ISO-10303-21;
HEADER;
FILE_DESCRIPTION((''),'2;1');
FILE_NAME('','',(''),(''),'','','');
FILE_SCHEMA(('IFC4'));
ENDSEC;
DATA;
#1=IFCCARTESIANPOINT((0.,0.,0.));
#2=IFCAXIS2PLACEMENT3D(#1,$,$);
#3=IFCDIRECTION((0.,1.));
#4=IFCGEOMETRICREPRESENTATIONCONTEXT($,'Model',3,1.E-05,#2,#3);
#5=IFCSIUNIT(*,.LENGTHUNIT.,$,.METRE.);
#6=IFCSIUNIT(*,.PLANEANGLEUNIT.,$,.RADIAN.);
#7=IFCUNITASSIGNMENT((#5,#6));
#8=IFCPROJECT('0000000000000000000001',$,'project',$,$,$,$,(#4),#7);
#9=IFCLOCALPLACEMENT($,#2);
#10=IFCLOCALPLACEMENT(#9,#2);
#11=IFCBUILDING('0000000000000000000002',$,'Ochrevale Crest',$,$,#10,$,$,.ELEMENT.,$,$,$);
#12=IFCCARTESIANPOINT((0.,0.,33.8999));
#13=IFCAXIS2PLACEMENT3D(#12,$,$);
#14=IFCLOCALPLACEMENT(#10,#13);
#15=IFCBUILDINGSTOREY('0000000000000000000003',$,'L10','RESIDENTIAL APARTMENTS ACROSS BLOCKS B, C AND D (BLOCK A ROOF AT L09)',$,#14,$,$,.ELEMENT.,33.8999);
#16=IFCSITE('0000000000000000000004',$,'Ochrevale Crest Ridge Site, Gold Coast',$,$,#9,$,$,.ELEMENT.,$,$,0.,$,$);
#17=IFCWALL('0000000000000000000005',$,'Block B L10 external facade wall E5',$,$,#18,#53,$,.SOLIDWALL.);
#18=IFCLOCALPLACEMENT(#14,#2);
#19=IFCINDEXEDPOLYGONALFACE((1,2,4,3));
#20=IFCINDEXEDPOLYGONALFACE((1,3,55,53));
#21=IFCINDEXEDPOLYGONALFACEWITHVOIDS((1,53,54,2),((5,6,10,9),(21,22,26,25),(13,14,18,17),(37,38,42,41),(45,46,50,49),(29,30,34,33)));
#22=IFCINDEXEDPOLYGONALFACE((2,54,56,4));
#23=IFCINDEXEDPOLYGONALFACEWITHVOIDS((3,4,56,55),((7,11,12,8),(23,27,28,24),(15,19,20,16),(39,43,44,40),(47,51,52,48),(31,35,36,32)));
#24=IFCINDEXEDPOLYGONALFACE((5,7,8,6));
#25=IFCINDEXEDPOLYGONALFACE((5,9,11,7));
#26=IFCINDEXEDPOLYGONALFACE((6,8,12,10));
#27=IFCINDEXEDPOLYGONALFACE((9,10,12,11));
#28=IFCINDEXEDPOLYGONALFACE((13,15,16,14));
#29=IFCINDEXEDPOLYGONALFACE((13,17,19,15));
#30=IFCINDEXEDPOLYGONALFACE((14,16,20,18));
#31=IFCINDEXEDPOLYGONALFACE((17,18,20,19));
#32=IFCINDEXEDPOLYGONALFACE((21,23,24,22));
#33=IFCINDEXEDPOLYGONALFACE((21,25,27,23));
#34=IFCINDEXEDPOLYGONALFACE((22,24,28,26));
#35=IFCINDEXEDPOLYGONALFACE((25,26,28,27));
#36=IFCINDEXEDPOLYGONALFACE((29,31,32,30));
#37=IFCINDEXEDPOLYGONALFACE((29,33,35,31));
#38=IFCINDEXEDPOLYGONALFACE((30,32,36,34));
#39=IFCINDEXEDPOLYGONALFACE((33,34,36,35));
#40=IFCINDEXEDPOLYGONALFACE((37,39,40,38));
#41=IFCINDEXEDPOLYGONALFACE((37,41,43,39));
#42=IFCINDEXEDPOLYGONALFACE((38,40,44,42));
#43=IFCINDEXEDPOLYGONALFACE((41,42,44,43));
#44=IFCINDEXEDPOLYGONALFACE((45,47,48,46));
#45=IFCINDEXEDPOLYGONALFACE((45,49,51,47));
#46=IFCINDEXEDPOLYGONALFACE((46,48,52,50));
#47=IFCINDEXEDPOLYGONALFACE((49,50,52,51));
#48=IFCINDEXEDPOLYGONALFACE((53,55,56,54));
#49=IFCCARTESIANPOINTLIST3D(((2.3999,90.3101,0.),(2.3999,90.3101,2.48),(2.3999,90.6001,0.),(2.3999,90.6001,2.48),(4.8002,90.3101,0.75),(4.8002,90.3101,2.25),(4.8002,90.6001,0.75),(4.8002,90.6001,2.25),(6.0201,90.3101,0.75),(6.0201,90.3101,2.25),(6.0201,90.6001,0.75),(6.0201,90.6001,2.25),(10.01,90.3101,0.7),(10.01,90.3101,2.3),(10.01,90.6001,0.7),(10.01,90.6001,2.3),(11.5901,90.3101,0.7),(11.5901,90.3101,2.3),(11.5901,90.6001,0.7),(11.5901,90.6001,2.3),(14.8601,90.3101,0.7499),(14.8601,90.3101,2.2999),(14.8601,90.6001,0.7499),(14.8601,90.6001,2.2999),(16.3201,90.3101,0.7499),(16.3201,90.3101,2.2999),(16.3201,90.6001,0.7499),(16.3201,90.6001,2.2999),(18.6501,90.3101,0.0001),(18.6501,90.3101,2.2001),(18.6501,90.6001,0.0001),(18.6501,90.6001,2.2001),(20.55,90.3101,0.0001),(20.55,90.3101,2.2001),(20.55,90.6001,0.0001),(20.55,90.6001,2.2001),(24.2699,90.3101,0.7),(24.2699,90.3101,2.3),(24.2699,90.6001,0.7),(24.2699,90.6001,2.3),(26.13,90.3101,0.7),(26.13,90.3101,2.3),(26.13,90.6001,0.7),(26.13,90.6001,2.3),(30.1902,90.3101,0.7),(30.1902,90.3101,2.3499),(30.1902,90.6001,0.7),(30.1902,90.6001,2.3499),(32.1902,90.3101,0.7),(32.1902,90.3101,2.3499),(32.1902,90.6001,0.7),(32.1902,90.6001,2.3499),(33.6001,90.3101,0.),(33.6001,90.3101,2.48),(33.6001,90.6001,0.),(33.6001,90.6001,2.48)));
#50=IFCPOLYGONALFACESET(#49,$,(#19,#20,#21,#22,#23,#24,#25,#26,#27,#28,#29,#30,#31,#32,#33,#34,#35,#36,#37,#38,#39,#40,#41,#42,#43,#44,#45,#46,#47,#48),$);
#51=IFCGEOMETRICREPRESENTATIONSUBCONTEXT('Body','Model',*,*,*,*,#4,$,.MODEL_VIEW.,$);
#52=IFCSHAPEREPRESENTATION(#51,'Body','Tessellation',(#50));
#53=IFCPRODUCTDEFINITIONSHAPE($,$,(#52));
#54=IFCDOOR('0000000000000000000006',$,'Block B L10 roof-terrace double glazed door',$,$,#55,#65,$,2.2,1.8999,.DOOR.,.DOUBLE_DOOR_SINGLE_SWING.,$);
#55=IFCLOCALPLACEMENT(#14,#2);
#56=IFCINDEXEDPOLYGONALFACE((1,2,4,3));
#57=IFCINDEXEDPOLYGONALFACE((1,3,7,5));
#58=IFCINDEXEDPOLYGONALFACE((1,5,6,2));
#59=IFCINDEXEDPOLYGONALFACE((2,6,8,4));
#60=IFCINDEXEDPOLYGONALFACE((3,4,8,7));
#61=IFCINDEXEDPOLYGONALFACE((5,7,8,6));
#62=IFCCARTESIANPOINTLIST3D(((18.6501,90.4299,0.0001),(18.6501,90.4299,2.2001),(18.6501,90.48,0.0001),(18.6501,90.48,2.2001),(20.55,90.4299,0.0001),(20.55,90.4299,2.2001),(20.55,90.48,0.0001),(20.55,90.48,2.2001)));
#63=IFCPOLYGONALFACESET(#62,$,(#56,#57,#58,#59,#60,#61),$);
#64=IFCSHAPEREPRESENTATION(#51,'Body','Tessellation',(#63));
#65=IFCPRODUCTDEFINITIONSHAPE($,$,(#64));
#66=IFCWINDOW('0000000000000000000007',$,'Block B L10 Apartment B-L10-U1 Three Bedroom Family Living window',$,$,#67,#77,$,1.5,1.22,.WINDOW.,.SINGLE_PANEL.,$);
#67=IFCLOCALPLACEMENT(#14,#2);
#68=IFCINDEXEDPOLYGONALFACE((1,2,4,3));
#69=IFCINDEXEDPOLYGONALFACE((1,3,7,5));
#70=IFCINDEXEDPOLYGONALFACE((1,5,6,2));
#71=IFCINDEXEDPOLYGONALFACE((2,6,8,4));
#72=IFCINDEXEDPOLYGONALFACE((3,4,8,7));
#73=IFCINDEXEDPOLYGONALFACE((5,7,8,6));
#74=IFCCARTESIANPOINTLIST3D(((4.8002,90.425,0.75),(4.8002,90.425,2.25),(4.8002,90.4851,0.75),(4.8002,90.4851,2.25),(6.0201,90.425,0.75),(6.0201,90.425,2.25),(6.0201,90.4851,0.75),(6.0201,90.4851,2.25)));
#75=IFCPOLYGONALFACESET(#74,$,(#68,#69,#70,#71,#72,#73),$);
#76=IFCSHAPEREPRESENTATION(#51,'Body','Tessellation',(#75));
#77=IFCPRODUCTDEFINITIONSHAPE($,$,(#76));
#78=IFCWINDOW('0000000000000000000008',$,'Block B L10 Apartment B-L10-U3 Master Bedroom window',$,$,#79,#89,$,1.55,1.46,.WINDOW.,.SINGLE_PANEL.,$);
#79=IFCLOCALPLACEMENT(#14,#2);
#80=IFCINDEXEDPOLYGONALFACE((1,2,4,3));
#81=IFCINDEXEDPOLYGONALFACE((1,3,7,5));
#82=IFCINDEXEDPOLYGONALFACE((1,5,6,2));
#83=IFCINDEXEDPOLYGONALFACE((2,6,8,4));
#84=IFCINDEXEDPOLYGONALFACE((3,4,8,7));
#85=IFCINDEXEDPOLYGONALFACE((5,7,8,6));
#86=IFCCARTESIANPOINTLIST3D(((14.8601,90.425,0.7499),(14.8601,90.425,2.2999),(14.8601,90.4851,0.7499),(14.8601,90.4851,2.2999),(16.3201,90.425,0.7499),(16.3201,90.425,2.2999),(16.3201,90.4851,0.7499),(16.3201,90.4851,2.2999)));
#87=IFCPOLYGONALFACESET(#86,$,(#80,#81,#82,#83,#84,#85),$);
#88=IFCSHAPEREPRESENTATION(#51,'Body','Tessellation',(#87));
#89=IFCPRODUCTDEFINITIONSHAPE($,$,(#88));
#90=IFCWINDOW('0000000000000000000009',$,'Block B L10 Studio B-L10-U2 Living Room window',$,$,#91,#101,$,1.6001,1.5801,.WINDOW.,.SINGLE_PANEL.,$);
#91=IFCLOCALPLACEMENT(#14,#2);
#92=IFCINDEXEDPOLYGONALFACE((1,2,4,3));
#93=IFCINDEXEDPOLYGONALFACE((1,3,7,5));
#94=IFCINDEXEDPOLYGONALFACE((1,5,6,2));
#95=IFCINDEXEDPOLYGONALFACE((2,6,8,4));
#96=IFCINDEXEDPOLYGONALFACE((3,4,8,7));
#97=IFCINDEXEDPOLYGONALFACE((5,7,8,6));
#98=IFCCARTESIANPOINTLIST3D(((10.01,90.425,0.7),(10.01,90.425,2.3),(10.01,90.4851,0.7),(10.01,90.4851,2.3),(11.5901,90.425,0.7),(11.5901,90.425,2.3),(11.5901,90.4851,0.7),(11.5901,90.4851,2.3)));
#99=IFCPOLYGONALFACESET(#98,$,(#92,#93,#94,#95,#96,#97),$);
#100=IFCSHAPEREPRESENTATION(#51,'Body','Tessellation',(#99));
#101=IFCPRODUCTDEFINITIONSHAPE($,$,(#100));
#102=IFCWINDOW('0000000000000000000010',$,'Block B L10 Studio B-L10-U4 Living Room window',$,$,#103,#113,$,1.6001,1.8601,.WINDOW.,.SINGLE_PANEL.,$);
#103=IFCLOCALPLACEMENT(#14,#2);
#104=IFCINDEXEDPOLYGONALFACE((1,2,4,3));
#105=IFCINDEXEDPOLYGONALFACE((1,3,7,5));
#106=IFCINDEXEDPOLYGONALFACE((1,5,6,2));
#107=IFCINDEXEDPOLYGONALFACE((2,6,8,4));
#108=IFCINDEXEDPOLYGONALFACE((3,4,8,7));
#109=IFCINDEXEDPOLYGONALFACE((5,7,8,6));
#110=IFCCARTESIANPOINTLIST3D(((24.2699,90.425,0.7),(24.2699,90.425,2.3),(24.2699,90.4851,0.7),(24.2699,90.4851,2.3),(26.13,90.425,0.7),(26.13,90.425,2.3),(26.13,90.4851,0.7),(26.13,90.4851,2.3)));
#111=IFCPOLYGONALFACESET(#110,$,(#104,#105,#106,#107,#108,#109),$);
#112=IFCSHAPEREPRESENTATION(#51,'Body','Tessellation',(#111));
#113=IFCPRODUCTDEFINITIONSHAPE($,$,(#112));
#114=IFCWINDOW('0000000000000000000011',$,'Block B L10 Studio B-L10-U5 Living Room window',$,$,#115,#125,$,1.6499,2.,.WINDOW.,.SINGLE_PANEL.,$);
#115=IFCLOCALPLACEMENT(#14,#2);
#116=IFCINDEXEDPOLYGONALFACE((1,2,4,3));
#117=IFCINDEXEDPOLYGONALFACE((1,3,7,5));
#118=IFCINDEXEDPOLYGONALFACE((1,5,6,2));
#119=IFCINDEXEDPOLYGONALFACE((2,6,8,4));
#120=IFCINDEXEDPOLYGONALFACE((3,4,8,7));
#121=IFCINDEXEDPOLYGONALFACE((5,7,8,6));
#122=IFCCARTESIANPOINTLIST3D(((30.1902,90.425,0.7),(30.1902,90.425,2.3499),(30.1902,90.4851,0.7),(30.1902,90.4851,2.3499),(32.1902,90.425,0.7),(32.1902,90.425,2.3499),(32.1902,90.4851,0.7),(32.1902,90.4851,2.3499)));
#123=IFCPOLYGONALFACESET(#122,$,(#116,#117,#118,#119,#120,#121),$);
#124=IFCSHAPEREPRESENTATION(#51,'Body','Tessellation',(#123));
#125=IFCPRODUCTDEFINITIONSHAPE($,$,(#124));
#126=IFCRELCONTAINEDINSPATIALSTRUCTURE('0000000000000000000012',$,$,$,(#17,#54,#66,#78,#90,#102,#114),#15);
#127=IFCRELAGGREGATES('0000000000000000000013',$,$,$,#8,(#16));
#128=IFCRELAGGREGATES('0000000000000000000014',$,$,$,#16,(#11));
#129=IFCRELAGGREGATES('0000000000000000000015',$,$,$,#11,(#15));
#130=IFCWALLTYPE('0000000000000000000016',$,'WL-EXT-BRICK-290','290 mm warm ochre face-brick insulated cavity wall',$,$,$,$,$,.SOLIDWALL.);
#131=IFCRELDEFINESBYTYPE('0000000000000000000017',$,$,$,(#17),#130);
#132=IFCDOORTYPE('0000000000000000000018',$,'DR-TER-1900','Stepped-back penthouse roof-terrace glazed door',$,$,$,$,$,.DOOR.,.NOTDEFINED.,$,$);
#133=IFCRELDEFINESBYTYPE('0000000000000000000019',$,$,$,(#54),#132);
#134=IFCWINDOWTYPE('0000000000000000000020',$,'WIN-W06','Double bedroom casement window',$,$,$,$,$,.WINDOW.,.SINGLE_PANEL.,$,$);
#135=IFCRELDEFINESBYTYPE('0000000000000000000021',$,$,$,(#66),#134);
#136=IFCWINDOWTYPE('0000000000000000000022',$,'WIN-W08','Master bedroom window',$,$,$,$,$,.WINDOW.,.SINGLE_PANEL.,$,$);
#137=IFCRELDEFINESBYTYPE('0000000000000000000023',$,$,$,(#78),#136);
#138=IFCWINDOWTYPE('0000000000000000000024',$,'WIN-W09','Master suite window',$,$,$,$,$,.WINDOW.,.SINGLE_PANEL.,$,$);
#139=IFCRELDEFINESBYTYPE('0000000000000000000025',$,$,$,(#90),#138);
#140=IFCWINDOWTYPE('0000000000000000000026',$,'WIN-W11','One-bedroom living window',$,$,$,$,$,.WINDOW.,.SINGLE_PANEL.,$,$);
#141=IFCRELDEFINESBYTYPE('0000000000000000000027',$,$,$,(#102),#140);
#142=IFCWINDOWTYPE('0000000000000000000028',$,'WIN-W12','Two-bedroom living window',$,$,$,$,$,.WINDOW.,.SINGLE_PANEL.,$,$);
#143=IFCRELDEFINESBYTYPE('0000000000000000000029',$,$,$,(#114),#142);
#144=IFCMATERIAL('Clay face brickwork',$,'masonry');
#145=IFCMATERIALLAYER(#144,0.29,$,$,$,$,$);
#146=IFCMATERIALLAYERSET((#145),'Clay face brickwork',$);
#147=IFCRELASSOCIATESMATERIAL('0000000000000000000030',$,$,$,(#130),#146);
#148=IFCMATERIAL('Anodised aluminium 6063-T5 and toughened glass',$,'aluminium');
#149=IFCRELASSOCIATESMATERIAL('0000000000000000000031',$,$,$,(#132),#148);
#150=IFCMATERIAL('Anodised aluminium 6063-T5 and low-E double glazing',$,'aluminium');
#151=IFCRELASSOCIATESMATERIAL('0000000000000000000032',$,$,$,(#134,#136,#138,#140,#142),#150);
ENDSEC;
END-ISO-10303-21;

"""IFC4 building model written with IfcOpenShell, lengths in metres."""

from ifc_helpers import new_model, si_unit, direction, frame, frame_2d, origin, place, context, subcontext, project, spatial, rectangle, extrude, material, layer, layer_set, type_object, element, fill, save


model = new_model("IFC4")

# Units and contexts
model_context = context("Model", 3, precision=1e-05, world=origin(), true_north=direction((0.0, 1.0)))
body_context = subcontext(model_context, "Body", "Model", "MODEL_VIEW")
ifc_project = project(units=[si_unit("LENGTHUNIT", "METRE"), si_unit("PLANEANGLEUNIT", "RADIAN")], contexts=[model_context])

# Site, building, storey
site_placement = place(None, origin())
site = spatial("IfcSite", under=ifc_project, at=site_placement, Name="Ochrevale Crest Ridge Site, Gold Coast", CompositionType="ELEMENT", RefElevation=0.0)
building_placement = place(site_placement, origin())
building = spatial("IfcBuilding", under=site, at=building_placement, Name="Ochrevale Crest", CompositionType="ELEMENT")
storey_placement = place(building_placement, frame((0.0, 0.0, 33.8999)))
storey = spatial("IfcBuildingStorey", under=building, at=storey_placement, Name="L10", Description="RESIDENTIAL APARTMENTS ACROSS BLOCKS B, C AND D (BLOCK A ROOF AT L09)", CompositionType="ELEMENT", Elevation=33.8999)

# Wall, openings, door, windows
ifc_material_1 = material(Name="Clay face brickwork", Category="masonry")
ifc_layer_1 = layer(ifc_material_1, 0.29)
ifc_layer_set_1 = layer_set([ifc_layer_1], Name="Clay face brickwork")
wall_type = type_object("IfcWallType", Name="WL-EXT-BRICK-290", Description="290 mm warm ochre face-brick insulated cavity wall", PredefinedType="SOLIDWALL", material=ifc_layer_set_1)
wall_placement = place(storey_placement, frame((33.6001, 90.4551, 0.0), z_axis=(0.0, 0.0, 1.0), x_axis=(-1.0, 0.0, 0.0)))
wall = element("IfcWall", 1, at=wall_placement, inside=storey, type_object=wall_type, Name="Block B L10 external facade wall E5", PredefinedType="SOLIDWALL", context=body_context, shape_type="SweptSolid", body=[
    extrude(rectangle(XDim=31.2002, YDim=0.29, at=frame_2d((15.6001, 0.0))), origin(), (0.0, 0.0, 1.0), 2.48),
])
opening_1_placement = place(wall_placement, frame((14.95, 0.0, 0.0), z_axis=(0.0, 0.0, 1.0), x_axis=(-1.0, 0.0, 0.0)))
opening_1 = element("IfcOpeningElement", 2, at=opening_1_placement, cuts=wall, PredefinedType="OPENING", context=body_context, shape_type="SweptSolid", body=[
    extrude(rectangle(XDim=1.8999, YDim=2.2, at=frame_2d((0.95, 1.1001))), frame((0.0, 0.155, 0.0), z_axis=(0.0, -1.0, 0.0), x_axis=(1.0, 0.0, 0.0)), (0.0, 0.0, 1.0), 0.3101),
])
opening_2_placement = place(wall_placement, frame((27.5801, 0.0, 0.75)))
opening_2 = element("IfcOpeningElement", 3, at=opening_2_placement, cuts=wall, PredefinedType="OPENING", context=body_context, shape_type="SweptSolid", body=[
    extrude(rectangle(XDim=1.22, YDim=1.5, at=frame_2d((0.6099, 0.75))), frame((0.0, 0.155, 0.0), z_axis=(0.0, -1.0, 0.0), x_axis=(1.0, 0.0, 0.0)), (0.0, 0.0, 1.0), 0.3101),
])
opening_3_placement = place(wall_placement, frame((22.01, 0.0, 0.7)))
opening_3 = element("IfcOpeningElement", 4, at=opening_3_placement, cuts=wall, PredefinedType="OPENING", context=body_context, shape_type="SweptSolid", body=[
    extrude(rectangle(XDim=1.5801, YDim=1.6001, at=frame_2d((0.79, 0.8))), frame((0.0, 0.155, 0.0), z_axis=(0.0, -1.0, 0.0), x_axis=(1.0, 0.0, 0.0)), (0.0, 0.0, 1.0), 0.3101),
])
opening_4_placement = place(wall_placement, frame((17.28, 0.0, 0.75)))
opening_4 = element("IfcOpeningElement", 5, at=opening_4_placement, cuts=wall, PredefinedType="OPENING", context=body_context, shape_type="SweptSolid", body=[
    extrude(rectangle(XDim=1.46, YDim=1.55, at=frame_2d((0.73, 0.7749))), frame((0.0, 0.155, 0.0), z_axis=(0.0, -1.0, 0.0), x_axis=(1.0, 0.0, 0.0)), (0.0, 0.0, 1.0), 0.3101),
])
opening_5_placement = place(wall_placement, frame((7.47, 0.0, 0.7)))
opening_5 = element("IfcOpeningElement", 6, at=opening_5_placement, cuts=wall, PredefinedType="OPENING", context=body_context, shape_type="SweptSolid", body=[
    extrude(rectangle(XDim=1.8601, YDim=1.6001, at=frame_2d((0.9302, 0.8))), frame((0.0, 0.155, 0.0), z_axis=(0.0, -1.0, 0.0), x_axis=(1.0, 0.0, 0.0)), (0.0, 0.0, 1.0), 0.3101),
])
opening_6_placement = place(wall_placement, frame((1.4099, 0.0, 0.7)))
opening_6 = element("IfcOpeningElement", 7, at=opening_6_placement, cuts=wall, PredefinedType="OPENING", context=body_context, shape_type="SweptSolid", body=[
    extrude(rectangle(XDim=2.0, YDim=1.6499, at=frame_2d((1.0, 0.825))), frame((0.0, 0.155, 0.0), z_axis=(0.0, -1.0, 0.0), x_axis=(1.0, 0.0, 0.0)), (0.0, 0.0, 1.0), 0.3101),
])
ifc_material_2 = material(Name="Anodised aluminium 6063-T5 and toughened glass", Category="aluminium")
door_type = type_object("IfcDoorType", Name="DR-TER-1900", Description="Stepped-back penthouse roof-terrace glazed door", OperationType="NOTDEFINED", PredefinedType="DOOR", material=ifc_material_2)
door_placement = place(opening_1_placement, origin())
door = element("IfcDoor", 8, at=door_placement, inside=storey, type_object=door_type, Name="Block B L10 roof-terrace double glazed door", OperationType="DOUBLE_DOOR_SINGLE_SWING", OverallHeight=2.2, OverallWidth=1.8999, PredefinedType="DOOR", context=body_context, shape_type="SweptSolid", body=[
    extrude(rectangle(XDim=1.8999, YDim=2.2, at=frame_2d((0.95, 1.1001))), frame((0.0, 0.0249, 0.0), z_axis=(0.0, -1.0, 0.0), x_axis=(1.0, 0.0, 0.0)), (0.0, 0.0, 1.0), 0.05),
])
fill(opening_1, door)
ifc_material_3 = material(Name="Anodised aluminium 6063-T5 and low-E double glazing", Category="aluminium")
window_type_1 = type_object("IfcWindowType", Name="WIN-W06", Description="Double bedroom casement window", PartitioningType="SINGLE_PANEL", PredefinedType="WINDOW", material=ifc_material_3)
window_1_placement = place(opening_2_placement, origin())
window_1 = element("IfcWindow", 9, at=window_1_placement, inside=storey, type_object=window_type_1, Name="Block B L10 Apartment B-L10-U1 Three Bedroom Family Living window", OverallHeight=1.5, OverallWidth=1.22, PartitioningType="SINGLE_PANEL", PredefinedType="WINDOW", context=body_context, shape_type="SweptSolid", body=[
    extrude(rectangle(XDim=1.22, YDim=1.5, at=frame_2d((0.6099, 0.75))), frame((0.0, 0.03, 0.0), z_axis=(0.0, -1.0, 0.0), x_axis=(1.0, 0.0, 0.0)), (0.0, 0.0, 1.0), 0.0601),
])
fill(opening_2, window_1)
window_type_2 = type_object("IfcWindowType", Name="WIN-W08", Description="Master bedroom window", PartitioningType="SINGLE_PANEL", PredefinedType="WINDOW", material=ifc_material_3)
window_2_placement = place(opening_4_placement, origin())
window_2 = element("IfcWindow", 10, at=window_2_placement, inside=storey, type_object=window_type_2, Name="Block B L10 Apartment B-L10-U3 Master Bedroom window", OverallHeight=1.55, OverallWidth=1.46, PartitioningType="SINGLE_PANEL", PredefinedType="WINDOW", context=body_context, shape_type="SweptSolid", body=[
    extrude(rectangle(XDim=1.46, YDim=1.55, at=frame_2d((0.73, 0.7749))), frame((0.0, 0.03, 0.0), z_axis=(0.0, -1.0, 0.0), x_axis=(1.0, 0.0, 0.0)), (0.0, 0.0, 1.0), 0.0601),
])
fill(opening_4, window_2)
window_type_3 = type_object("IfcWindowType", Name="WIN-W09", Description="Master suite window", PartitioningType="SINGLE_PANEL", PredefinedType="WINDOW", material=ifc_material_3)
window_3_placement = place(opening_3_placement, origin())
window_3 = element("IfcWindow", 11, at=window_3_placement, inside=storey, type_object=window_type_3, Name="Block B L10 Studio B-L10-U2 Living Room window", OverallHeight=1.6001, OverallWidth=1.5801, PartitioningType="SINGLE_PANEL", PredefinedType="WINDOW", context=body_context, shape_type="SweptSolid", body=[
    extrude(rectangle(XDim=1.5801, YDim=1.6001, at=frame_2d((0.79, 0.8))), frame((0.0, 0.03, 0.0), z_axis=(0.0, -1.0, 0.0), x_axis=(1.0, 0.0, 0.0)), (0.0, 0.0, 1.0), 0.0601),
])
fill(opening_3, window_3)
window_type_4 = type_object("IfcWindowType", Name="WIN-W11", Description="One-bedroom living window", PartitioningType="SINGLE_PANEL", PredefinedType="WINDOW", material=ifc_material_3)
window_4_placement = place(opening_5_placement, origin())
window_4 = element("IfcWindow", 12, at=window_4_placement, inside=storey, type_object=window_type_4, Name="Block B L10 Studio B-L10-U4 Living Room window", OverallHeight=1.6001, OverallWidth=1.8601, PartitioningType="SINGLE_PANEL", PredefinedType="WINDOW", context=body_context, shape_type="SweptSolid", body=[
    extrude(rectangle(XDim=1.8601, YDim=1.6001, at=frame_2d((0.9302, 0.8))), frame((0.0, 0.03, 0.0), z_axis=(0.0, -1.0, 0.0), x_axis=(1.0, 0.0, 0.0)), (0.0, 0.0, 1.0), 0.0601),
])
fill(opening_5, window_4)
window_type_5 = type_object("IfcWindowType", Name="WIN-W12", Description="Two-bedroom living window", PartitioningType="SINGLE_PANEL", PredefinedType="WINDOW", material=ifc_material_3)
window_5_placement = place(opening_6_placement, origin())
window_5 = element("IfcWindow", 13, at=window_5_placement, inside=storey, type_object=window_type_5, Name="Block B L10 Studio B-L10-U5 Living Room window", OverallHeight=1.6499, OverallWidth=2.0, PartitioningType="SINGLE_PANEL", PredefinedType="WINDOW", context=body_context, shape_type="SweptSolid", body=[
    extrude(rectangle(XDim=2.0, YDim=1.6499, at=frame_2d((1.0, 0.825))), frame((0.0, 0.03, 0.0), z_axis=(0.0, -1.0, 0.0), x_axis=(1.0, 0.0, 0.0)), (0.0, 0.0, 1.0), 0.0601),
])
fill(opening_6, window_5)

save(model, "model.ifc")
